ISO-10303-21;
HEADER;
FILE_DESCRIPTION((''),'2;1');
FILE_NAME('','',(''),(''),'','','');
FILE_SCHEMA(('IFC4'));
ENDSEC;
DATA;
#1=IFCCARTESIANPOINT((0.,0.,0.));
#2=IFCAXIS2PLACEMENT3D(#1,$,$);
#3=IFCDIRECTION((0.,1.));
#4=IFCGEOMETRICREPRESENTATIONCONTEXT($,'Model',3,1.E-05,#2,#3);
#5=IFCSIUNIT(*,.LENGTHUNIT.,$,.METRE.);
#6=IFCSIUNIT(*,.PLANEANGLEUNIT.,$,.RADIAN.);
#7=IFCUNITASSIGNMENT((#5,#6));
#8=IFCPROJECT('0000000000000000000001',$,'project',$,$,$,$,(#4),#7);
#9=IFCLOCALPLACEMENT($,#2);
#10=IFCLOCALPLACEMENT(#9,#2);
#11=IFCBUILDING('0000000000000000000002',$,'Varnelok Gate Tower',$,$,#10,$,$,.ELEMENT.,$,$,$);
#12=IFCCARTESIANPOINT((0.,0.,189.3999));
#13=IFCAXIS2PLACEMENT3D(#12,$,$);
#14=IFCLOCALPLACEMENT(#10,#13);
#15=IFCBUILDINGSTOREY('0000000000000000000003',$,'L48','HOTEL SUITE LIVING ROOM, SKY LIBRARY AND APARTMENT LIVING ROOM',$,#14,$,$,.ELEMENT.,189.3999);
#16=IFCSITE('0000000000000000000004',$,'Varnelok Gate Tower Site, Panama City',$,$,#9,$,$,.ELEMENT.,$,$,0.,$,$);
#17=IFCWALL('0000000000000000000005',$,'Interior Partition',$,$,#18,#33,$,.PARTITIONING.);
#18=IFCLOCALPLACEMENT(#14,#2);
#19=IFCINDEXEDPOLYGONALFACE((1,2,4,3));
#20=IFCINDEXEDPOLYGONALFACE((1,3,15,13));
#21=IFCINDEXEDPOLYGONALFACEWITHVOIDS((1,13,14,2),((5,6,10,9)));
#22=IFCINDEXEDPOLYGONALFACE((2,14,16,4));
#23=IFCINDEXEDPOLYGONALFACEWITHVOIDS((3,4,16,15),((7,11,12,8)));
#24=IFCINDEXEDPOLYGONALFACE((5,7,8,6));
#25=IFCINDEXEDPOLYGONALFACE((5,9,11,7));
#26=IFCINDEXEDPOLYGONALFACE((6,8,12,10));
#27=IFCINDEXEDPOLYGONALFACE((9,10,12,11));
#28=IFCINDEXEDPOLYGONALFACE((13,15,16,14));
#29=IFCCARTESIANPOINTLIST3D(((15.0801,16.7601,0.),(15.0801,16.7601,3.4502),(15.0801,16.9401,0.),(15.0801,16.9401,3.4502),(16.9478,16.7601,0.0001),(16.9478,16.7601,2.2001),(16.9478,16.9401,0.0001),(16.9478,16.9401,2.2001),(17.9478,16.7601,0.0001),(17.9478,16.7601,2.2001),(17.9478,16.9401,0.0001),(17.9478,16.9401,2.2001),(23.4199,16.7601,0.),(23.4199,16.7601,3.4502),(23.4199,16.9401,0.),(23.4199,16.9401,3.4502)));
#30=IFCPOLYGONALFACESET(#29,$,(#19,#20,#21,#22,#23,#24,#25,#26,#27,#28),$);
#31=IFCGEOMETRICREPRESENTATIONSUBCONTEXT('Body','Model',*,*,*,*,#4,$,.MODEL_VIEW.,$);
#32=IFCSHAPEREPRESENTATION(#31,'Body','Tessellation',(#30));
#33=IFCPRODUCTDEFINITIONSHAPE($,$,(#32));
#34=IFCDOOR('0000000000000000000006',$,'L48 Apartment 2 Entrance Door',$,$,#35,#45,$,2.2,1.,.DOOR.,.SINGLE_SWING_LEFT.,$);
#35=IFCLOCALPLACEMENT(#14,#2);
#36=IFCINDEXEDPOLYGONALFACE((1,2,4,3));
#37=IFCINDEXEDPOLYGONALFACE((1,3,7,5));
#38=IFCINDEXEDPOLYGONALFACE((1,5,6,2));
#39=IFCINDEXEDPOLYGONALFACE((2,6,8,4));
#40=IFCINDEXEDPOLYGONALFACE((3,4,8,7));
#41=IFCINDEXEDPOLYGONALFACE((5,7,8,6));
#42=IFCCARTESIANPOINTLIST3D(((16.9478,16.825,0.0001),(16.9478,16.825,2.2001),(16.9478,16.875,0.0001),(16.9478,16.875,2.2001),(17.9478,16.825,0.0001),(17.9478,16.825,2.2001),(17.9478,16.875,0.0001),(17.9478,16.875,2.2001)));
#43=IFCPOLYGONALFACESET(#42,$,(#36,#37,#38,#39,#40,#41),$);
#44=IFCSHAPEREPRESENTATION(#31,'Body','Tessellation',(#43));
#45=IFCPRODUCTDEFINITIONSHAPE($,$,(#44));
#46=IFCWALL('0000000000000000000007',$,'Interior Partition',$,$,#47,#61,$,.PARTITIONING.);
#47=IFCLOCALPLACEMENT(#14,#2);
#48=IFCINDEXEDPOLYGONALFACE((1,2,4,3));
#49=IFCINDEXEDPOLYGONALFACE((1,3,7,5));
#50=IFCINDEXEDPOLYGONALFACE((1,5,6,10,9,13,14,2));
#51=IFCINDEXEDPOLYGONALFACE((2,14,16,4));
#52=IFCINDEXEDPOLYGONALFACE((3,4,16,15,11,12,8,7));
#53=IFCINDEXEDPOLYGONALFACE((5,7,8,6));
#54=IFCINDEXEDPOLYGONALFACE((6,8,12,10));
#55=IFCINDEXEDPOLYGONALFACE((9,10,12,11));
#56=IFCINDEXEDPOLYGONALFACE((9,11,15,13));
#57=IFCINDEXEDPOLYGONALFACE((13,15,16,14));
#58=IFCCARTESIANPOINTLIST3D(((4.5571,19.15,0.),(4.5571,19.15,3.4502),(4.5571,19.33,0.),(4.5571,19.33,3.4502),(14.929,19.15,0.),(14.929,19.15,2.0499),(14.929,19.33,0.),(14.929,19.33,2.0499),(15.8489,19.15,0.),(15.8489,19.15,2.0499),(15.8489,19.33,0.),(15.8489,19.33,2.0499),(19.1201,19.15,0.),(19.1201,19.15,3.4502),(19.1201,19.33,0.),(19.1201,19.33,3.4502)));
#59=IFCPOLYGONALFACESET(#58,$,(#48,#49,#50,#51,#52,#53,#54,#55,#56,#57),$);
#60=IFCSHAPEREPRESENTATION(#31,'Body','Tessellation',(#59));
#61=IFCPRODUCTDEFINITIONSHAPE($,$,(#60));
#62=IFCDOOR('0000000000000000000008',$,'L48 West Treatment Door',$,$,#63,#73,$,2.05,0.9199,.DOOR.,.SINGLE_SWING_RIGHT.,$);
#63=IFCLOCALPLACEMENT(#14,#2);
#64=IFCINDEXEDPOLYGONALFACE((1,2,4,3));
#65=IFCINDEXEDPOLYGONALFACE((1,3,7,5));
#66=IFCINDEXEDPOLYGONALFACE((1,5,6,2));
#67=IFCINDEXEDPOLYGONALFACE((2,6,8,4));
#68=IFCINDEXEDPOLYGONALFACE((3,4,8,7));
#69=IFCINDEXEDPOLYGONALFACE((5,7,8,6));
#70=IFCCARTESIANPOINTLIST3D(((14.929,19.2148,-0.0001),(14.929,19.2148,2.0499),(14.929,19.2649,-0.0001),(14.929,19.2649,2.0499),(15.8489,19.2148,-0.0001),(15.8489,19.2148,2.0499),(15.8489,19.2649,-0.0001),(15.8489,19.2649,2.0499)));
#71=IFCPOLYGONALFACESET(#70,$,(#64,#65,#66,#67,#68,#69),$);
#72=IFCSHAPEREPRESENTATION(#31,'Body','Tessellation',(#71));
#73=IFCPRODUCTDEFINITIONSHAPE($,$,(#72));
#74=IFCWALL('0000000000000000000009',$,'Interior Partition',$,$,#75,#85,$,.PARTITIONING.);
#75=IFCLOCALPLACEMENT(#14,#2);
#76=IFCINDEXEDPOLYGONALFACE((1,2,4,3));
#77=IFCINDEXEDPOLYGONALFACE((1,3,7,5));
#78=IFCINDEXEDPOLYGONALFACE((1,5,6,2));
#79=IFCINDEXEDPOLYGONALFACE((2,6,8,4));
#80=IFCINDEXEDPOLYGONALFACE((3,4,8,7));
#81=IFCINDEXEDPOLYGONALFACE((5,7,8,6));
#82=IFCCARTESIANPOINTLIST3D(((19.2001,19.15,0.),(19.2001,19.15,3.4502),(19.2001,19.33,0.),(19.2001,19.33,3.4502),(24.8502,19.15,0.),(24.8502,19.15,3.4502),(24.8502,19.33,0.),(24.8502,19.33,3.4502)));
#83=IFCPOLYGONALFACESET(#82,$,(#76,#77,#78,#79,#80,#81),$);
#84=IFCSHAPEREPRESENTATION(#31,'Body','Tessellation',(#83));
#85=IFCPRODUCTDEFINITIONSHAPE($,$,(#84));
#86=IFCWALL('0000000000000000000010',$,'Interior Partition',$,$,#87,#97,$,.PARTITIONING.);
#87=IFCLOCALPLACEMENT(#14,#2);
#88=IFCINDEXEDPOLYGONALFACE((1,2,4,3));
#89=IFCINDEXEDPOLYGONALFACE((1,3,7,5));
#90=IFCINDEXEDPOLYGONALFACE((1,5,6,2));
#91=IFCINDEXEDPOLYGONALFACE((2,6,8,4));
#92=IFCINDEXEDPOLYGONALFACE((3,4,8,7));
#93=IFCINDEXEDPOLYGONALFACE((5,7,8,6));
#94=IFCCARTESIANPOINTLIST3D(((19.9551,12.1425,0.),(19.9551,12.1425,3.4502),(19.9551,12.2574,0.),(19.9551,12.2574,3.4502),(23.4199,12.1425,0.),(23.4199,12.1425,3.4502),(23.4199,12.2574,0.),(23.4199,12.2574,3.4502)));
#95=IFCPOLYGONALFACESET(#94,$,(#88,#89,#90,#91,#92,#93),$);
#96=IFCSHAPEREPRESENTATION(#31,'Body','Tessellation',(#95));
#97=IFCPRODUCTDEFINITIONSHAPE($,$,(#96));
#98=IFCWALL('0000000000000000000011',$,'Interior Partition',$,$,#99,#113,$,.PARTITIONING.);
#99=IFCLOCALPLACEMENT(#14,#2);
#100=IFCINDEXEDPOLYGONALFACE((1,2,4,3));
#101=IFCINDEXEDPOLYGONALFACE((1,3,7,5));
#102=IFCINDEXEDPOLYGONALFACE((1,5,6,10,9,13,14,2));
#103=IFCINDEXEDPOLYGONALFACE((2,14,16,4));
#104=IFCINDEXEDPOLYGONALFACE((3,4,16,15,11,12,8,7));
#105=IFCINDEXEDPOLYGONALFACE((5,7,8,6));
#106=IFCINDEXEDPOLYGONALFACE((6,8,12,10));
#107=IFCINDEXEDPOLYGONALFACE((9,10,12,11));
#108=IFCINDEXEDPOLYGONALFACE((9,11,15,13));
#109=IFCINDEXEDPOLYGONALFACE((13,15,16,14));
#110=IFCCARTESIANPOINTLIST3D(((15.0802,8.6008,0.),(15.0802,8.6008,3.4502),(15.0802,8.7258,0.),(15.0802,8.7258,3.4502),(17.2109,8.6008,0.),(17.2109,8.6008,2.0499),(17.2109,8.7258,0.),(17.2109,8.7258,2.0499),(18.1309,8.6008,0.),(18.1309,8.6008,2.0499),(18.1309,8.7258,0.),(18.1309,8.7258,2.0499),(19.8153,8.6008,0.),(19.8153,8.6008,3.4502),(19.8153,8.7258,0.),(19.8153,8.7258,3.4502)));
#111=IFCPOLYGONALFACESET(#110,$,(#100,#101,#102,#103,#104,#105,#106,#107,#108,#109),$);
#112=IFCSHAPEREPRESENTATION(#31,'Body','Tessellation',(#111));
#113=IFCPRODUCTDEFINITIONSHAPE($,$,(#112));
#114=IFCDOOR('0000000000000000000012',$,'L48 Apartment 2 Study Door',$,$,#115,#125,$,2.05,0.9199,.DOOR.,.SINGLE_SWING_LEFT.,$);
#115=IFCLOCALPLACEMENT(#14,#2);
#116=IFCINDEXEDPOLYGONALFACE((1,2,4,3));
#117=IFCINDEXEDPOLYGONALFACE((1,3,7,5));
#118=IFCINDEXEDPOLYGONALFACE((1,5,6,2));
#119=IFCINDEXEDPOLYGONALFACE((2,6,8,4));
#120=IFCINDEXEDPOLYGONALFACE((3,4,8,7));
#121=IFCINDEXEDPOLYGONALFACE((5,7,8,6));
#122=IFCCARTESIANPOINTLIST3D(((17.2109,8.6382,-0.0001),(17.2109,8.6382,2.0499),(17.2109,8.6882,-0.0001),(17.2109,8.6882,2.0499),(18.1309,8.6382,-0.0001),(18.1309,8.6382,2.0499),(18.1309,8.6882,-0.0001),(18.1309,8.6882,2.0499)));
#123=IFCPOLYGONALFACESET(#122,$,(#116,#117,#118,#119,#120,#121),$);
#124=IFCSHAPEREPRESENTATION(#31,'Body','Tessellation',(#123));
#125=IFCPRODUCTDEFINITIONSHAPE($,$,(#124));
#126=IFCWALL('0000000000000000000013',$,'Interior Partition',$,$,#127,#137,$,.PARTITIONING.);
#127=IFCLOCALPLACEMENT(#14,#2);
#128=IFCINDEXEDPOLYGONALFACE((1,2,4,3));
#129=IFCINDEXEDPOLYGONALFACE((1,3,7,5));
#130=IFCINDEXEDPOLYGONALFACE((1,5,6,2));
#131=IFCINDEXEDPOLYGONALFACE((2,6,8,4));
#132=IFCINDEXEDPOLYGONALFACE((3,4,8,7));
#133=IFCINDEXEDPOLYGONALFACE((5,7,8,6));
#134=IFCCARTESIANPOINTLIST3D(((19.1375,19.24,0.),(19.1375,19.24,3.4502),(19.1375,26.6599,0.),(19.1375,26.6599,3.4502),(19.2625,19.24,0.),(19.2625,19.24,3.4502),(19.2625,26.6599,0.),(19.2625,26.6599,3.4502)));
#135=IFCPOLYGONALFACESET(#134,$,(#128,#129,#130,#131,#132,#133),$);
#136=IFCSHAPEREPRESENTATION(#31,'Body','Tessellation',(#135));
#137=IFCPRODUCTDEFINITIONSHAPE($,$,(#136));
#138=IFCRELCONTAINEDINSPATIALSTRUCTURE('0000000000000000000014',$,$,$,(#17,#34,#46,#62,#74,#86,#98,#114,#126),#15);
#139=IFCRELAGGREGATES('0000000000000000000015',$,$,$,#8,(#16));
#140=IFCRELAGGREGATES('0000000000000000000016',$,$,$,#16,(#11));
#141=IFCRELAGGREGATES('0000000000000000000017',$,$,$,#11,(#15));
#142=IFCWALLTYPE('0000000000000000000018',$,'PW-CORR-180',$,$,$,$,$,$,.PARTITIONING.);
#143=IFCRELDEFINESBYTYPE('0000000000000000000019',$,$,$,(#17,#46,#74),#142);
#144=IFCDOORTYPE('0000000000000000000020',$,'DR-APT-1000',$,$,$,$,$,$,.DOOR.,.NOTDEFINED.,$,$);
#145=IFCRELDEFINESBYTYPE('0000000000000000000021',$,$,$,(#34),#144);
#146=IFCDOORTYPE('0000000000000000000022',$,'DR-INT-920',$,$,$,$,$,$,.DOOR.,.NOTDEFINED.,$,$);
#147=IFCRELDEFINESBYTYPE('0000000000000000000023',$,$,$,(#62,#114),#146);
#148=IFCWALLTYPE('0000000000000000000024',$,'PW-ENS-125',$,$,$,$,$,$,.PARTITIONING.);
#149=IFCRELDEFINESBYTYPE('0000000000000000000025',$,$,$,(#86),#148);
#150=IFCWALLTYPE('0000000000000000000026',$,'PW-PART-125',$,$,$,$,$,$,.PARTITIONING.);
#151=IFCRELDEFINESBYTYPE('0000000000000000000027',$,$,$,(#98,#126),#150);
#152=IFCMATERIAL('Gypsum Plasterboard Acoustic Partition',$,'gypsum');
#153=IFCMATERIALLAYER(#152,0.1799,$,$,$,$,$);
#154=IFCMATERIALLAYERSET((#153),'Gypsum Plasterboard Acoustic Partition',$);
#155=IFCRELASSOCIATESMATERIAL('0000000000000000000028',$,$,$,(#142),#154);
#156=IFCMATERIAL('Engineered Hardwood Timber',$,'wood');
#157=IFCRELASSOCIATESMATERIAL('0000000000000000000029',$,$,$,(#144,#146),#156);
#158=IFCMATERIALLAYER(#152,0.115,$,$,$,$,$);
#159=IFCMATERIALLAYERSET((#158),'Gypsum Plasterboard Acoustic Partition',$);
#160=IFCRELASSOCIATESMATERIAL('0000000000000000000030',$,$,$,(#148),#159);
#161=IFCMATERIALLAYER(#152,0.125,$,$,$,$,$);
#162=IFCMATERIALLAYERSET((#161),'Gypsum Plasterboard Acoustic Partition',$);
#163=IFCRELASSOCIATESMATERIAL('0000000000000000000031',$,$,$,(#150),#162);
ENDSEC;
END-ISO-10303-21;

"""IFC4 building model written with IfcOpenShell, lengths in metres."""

from ifc_helpers import new_model, si_unit, direction, frame, frame_2d, origin, place, context, subcontext, project, spatial, rectangle, extrude, material, layer, layer_set, type_object, element, fill, save


model = new_model("IFC4")

# Units and contexts
model_context = context("Model", 3, precision=1e-05, world=origin(), true_north=direction((0.0, 1.0)))
body_context = subcontext(model_context, "Body", "Model", "MODEL_VIEW")
ifc_project = project(units=[si_unit("LENGTHUNIT", "METRE"), si_unit("PLANEANGLEUNIT", "RADIAN")], contexts=[model_context])

# Site, building, storey
site_placement = place(None, origin())
site = spatial("IfcSite", under=ifc_project, at=site_placement, Name="Varnelok Gate Tower Site, Panama City", CompositionType="ELEMENT", RefElevation=0.0)
building_placement = place(site_placement, origin())
building = spatial("IfcBuilding", under=site, at=building_placement, Name="Varnelok Gate Tower", CompositionType="ELEMENT")
storey_placement = place(building_placement, frame((0.0, 0.0, 189.3999)))
storey = spatial("IfcBuildingStorey", under=building, at=storey_placement, Name="L48", Description="HOTEL SUITE LIVING ROOM, SKY LIBRARY AND APARTMENT LIVING ROOM", CompositionType="ELEMENT", Elevation=189.3999)

# Walls, openings, doors
ifc_material_1 = material(Name="Gypsum Plasterboard Acoustic Partition", Category="gypsum")
ifc_layer_1 = layer(ifc_material_1, 0.1799)
ifc_layer_set_1 = layer_set([ifc_layer_1], Name="Gypsum Plasterboard Acoustic Partition")
wall_type_1 = type_object("IfcWallType", Name="PW-CORR-180", PredefinedType="PARTITIONING", material=ifc_layer_set_1)
ifc_material_2 = material(Name="Engineered Hardwood Timber", Category="wood")
wall_1_placement = place(storey_placement, frame((15.0801, 16.8501, 0.0), z_axis=(0.0, 0.0, 1.0), x_axis=(1.0, 0.0, 0.0)))
wall_1 = element("IfcWall", 1, at=wall_1_placement, inside=storey, type_object=wall_type_1, Name="Interior Partition", PredefinedType="PARTITIONING", context=body_context, shape_type="SweptSolid", body=[
    extrude(rectangle(XDim=8.3398, YDim=0.1799, at=frame_2d((4.1699, 0.0))), origin(), (0.0, 0.0, 1.0), 3.4502),
])
opening_1_placement = place(wall_1_placement, frame((1.8677, 0.0, 0.0)))
opening_1 = element("IfcOpeningElement", 2, at=opening_1_placement, cuts=wall_1, PredefinedType="OPENING", context=body_context, shape_type="SweptSolid", body=[
    extrude(rectangle(XDim=1.0, YDim=2.2, at=frame_2d((0.5, 1.1001))), frame((0.0, 0.0999, 0.0), z_axis=(0.0, -1.0, 0.0), x_axis=(1.0, 0.0, 0.0)), (0.0, 0.0, 1.0), 0.2),
])
door_type_1 = type_object("IfcDoorType", Name="DR-APT-1000", OperationType="NOTDEFINED", PredefinedType="DOOR", material=ifc_material_2)
door_1_placement = place(opening_1_placement, origin())
door_1 = element("IfcDoor", 3, at=door_1_placement, inside=storey, type_object=door_type_1, Name="L48 Apartment 2 Entrance Door", OperationType="SINGLE_SWING_LEFT", OverallHeight=2.2, OverallWidth=1.0, PredefinedType="DOOR", context=body_context, shape_type="SweptSolid", body=[
    extrude(rectangle(XDim=1.0, YDim=2.2, at=frame_2d((0.5, 1.1001))), frame((0.0, 0.0249, 0.0), z_axis=(0.0, -1.0, 0.0), x_axis=(1.0, 0.0, 0.0)), (0.0, 0.0, 1.0), 0.05),
])
fill(opening_1, door_1)
wall_2_placement = place(storey_placement, frame((4.5571, 19.24, 0.0), z_axis=(0.0, 0.0, 1.0), x_axis=(1.0, 0.0, 0.0)))
wall_2 = element("IfcWall", 4, at=wall_2_placement, inside=storey, type_object=wall_type_1, Name="Interior Partition", PredefinedType="PARTITIONING", context=body_context, shape_type="SweptSolid", body=[
    extrude(rectangle(XDim=14.563, YDim=0.1799, at=frame_2d((7.2815, 0.0))), origin(), (0.0, 0.0, 1.0), 3.4502),
])
opening_2_placement = place(wall_2_placement, frame((10.3718, 0.0, 0.0)))
opening_2 = element("IfcOpeningElement", 5, at=opening_2_placement, cuts=wall_2, PredefinedType="OPENING", context=body_context, shape_type="SweptSolid", body=[
    extrude(rectangle(XDim=0.9199, YDim=2.05, at=frame_2d((0.46, 1.0249))), frame((0.0, 0.0999, 0.0), z_axis=(0.0, -1.0, 0.0), x_axis=(1.0, 0.0, 0.0)), (0.0, 0.0, 1.0), 0.2),
])
door_type_2 = type_object("IfcDoorType", Name="DR-INT-920", OperationType="NOTDEFINED", PredefinedType="DOOR", material=ifc_material_2)
door_2_placement = place(opening_2_placement, origin())
door_2 = element("IfcDoor", 6, at=door_2_placement, inside=storey, type_object=door_type_2, Name="L48 West Treatment Door", OperationType="SINGLE_SWING_RIGHT", OverallHeight=2.05, OverallWidth=0.9199, PredefinedType="DOOR", context=body_context, shape_type="SweptSolid", body=[
    extrude(rectangle(XDim=0.9199, YDim=2.05, at=frame_2d((0.46, 1.0249))), frame((0.0, 0.0249, 0.0), z_axis=(0.0, -1.0, 0.0), x_axis=(1.0, 0.0, 0.0)), (0.0, 0.0, 1.0), 0.05),
])
fill(opening_2, door_2)

# Walls
wall_3_placement = place(storey_placement, frame((19.2, 19.24, 0.0), z_axis=(0.0, 0.0, 1.0), x_axis=(1.0, 0.0, 0.0)))
element("IfcWall", 7, at=wall_3_placement, inside=storey, type_object=wall_type_1, Name="Interior Partition", PredefinedType="PARTITIONING", context=body_context, shape_type="SweptSolid", body=[
    extrude(rectangle(XDim=5.6501, YDim=0.1799, at=frame_2d((2.8252, 0.0))), origin(), (0.0, 0.0, 1.0), 3.4502),
])
ifc_layer_2 = layer(ifc_material_1, 0.115)
ifc_layer_set_2 = layer_set([ifc_layer_2], Name="Gypsum Plasterboard Acoustic Partition")
wall_type_2 = type_object("IfcWallType", Name="PW-ENS-125", PredefinedType="PARTITIONING", material=ifc_layer_set_2)
wall_4_placement = place(storey_placement, frame((19.9551, 12.2, 0.0), z_axis=(0.0, 0.0, 1.0), x_axis=(1.0, 0.0, 0.0)))
element("IfcWall", 8, at=wall_4_placement, inside=storey, type_object=wall_type_2, Name="Interior Partition", PredefinedType="PARTITIONING", context=body_context, shape_type="SweptSolid", body=[
    extrude(rectangle(XDim=3.4648, YDim=0.115, at=frame_2d((1.7324, 0.0))), origin(), (0.0, 0.0, 1.0), 3.4502),
])

# Wall, opening, door
ifc_layer_3 = layer(ifc_material_1, 0.125)
ifc_layer_set_3 = layer_set([ifc_layer_3], Name="Gypsum Plasterboard Acoustic Partition")
wall_type_3 = type_object("IfcWallType", Name="PW-PART-125", PredefinedType="PARTITIONING", material=ifc_layer_set_3)
wall_5_placement = place(storey_placement, frame((15.0801, 8.6633, 0.0), z_axis=(0.0, 0.0, 1.0), x_axis=(1.0, 0.0, 0.0)))
wall_5 = element("IfcWall", 9, at=wall_5_placement, inside=storey, type_object=wall_type_3, Name="Interior Partition", PredefinedType="PARTITIONING", context=body_context, shape_type="SweptSolid", body=[
    extrude(rectangle(XDim=4.7351, YDim=0.125, at=frame_2d((2.3677, 0.0))), origin(), (0.0, 0.0, 1.0), 3.4502),
])
opening_3_placement = place(wall_5_placement, frame((2.1309, 0.0, 0.0)))
opening_3 = element("IfcOpeningElement", 10, at=opening_3_placement, cuts=wall_5, PredefinedType="OPENING", context=body_context, shape_type="SweptSolid", body=[
    extrude(rectangle(XDim=0.9199, YDim=2.05, at=frame_2d((0.46, 1.0249))), frame((0.0, 0.0725, 0.0), z_axis=(0.0, -1.0, 0.0), x_axis=(1.0, 0.0, 0.0)), (0.0, 0.0, 1.0), 0.145),
])
door_3_placement = place(opening_3_placement, origin())
door_3 = element("IfcDoor", 11, at=door_3_placement, inside=storey, type_object=door_type_2, Name="L48 Apartment 2 Study Door", OperationType="SINGLE_SWING_LEFT", OverallHeight=2.05, OverallWidth=0.9199, PredefinedType="DOOR", context=body_context, shape_type="SweptSolid", body=[
    extrude(rectangle(XDim=0.9199, YDim=2.05, at=frame_2d((0.46, 1.0249))), frame((0.0, 0.0249, 0.0), z_axis=(0.0, -1.0, 0.0), x_axis=(1.0, 0.0, 0.0)), (0.0, 0.0, 1.0), 0.05),
])
fill(opening_3, door_3)

# Wall
wall_6_placement = place(storey_placement, frame((19.2, 19.24, 0.0), z_axis=(0.0, 0.0, 1.0), x_axis=(0.0, 1.0, 0.0)))
element("IfcWall", 12, at=wall_6_placement, inside=storey, type_object=wall_type_3, Name="Interior Partition", PredefinedType="PARTITIONING", context=body_context, shape_type="SweptSolid", body=[
    extrude(rectangle(XDim=7.4199, YDim=0.125, at=frame_2d((3.71, 0.0))), origin(), (0.0, 0.0, 1.0), 3.4502),
])

save(model, "model.ifc")
